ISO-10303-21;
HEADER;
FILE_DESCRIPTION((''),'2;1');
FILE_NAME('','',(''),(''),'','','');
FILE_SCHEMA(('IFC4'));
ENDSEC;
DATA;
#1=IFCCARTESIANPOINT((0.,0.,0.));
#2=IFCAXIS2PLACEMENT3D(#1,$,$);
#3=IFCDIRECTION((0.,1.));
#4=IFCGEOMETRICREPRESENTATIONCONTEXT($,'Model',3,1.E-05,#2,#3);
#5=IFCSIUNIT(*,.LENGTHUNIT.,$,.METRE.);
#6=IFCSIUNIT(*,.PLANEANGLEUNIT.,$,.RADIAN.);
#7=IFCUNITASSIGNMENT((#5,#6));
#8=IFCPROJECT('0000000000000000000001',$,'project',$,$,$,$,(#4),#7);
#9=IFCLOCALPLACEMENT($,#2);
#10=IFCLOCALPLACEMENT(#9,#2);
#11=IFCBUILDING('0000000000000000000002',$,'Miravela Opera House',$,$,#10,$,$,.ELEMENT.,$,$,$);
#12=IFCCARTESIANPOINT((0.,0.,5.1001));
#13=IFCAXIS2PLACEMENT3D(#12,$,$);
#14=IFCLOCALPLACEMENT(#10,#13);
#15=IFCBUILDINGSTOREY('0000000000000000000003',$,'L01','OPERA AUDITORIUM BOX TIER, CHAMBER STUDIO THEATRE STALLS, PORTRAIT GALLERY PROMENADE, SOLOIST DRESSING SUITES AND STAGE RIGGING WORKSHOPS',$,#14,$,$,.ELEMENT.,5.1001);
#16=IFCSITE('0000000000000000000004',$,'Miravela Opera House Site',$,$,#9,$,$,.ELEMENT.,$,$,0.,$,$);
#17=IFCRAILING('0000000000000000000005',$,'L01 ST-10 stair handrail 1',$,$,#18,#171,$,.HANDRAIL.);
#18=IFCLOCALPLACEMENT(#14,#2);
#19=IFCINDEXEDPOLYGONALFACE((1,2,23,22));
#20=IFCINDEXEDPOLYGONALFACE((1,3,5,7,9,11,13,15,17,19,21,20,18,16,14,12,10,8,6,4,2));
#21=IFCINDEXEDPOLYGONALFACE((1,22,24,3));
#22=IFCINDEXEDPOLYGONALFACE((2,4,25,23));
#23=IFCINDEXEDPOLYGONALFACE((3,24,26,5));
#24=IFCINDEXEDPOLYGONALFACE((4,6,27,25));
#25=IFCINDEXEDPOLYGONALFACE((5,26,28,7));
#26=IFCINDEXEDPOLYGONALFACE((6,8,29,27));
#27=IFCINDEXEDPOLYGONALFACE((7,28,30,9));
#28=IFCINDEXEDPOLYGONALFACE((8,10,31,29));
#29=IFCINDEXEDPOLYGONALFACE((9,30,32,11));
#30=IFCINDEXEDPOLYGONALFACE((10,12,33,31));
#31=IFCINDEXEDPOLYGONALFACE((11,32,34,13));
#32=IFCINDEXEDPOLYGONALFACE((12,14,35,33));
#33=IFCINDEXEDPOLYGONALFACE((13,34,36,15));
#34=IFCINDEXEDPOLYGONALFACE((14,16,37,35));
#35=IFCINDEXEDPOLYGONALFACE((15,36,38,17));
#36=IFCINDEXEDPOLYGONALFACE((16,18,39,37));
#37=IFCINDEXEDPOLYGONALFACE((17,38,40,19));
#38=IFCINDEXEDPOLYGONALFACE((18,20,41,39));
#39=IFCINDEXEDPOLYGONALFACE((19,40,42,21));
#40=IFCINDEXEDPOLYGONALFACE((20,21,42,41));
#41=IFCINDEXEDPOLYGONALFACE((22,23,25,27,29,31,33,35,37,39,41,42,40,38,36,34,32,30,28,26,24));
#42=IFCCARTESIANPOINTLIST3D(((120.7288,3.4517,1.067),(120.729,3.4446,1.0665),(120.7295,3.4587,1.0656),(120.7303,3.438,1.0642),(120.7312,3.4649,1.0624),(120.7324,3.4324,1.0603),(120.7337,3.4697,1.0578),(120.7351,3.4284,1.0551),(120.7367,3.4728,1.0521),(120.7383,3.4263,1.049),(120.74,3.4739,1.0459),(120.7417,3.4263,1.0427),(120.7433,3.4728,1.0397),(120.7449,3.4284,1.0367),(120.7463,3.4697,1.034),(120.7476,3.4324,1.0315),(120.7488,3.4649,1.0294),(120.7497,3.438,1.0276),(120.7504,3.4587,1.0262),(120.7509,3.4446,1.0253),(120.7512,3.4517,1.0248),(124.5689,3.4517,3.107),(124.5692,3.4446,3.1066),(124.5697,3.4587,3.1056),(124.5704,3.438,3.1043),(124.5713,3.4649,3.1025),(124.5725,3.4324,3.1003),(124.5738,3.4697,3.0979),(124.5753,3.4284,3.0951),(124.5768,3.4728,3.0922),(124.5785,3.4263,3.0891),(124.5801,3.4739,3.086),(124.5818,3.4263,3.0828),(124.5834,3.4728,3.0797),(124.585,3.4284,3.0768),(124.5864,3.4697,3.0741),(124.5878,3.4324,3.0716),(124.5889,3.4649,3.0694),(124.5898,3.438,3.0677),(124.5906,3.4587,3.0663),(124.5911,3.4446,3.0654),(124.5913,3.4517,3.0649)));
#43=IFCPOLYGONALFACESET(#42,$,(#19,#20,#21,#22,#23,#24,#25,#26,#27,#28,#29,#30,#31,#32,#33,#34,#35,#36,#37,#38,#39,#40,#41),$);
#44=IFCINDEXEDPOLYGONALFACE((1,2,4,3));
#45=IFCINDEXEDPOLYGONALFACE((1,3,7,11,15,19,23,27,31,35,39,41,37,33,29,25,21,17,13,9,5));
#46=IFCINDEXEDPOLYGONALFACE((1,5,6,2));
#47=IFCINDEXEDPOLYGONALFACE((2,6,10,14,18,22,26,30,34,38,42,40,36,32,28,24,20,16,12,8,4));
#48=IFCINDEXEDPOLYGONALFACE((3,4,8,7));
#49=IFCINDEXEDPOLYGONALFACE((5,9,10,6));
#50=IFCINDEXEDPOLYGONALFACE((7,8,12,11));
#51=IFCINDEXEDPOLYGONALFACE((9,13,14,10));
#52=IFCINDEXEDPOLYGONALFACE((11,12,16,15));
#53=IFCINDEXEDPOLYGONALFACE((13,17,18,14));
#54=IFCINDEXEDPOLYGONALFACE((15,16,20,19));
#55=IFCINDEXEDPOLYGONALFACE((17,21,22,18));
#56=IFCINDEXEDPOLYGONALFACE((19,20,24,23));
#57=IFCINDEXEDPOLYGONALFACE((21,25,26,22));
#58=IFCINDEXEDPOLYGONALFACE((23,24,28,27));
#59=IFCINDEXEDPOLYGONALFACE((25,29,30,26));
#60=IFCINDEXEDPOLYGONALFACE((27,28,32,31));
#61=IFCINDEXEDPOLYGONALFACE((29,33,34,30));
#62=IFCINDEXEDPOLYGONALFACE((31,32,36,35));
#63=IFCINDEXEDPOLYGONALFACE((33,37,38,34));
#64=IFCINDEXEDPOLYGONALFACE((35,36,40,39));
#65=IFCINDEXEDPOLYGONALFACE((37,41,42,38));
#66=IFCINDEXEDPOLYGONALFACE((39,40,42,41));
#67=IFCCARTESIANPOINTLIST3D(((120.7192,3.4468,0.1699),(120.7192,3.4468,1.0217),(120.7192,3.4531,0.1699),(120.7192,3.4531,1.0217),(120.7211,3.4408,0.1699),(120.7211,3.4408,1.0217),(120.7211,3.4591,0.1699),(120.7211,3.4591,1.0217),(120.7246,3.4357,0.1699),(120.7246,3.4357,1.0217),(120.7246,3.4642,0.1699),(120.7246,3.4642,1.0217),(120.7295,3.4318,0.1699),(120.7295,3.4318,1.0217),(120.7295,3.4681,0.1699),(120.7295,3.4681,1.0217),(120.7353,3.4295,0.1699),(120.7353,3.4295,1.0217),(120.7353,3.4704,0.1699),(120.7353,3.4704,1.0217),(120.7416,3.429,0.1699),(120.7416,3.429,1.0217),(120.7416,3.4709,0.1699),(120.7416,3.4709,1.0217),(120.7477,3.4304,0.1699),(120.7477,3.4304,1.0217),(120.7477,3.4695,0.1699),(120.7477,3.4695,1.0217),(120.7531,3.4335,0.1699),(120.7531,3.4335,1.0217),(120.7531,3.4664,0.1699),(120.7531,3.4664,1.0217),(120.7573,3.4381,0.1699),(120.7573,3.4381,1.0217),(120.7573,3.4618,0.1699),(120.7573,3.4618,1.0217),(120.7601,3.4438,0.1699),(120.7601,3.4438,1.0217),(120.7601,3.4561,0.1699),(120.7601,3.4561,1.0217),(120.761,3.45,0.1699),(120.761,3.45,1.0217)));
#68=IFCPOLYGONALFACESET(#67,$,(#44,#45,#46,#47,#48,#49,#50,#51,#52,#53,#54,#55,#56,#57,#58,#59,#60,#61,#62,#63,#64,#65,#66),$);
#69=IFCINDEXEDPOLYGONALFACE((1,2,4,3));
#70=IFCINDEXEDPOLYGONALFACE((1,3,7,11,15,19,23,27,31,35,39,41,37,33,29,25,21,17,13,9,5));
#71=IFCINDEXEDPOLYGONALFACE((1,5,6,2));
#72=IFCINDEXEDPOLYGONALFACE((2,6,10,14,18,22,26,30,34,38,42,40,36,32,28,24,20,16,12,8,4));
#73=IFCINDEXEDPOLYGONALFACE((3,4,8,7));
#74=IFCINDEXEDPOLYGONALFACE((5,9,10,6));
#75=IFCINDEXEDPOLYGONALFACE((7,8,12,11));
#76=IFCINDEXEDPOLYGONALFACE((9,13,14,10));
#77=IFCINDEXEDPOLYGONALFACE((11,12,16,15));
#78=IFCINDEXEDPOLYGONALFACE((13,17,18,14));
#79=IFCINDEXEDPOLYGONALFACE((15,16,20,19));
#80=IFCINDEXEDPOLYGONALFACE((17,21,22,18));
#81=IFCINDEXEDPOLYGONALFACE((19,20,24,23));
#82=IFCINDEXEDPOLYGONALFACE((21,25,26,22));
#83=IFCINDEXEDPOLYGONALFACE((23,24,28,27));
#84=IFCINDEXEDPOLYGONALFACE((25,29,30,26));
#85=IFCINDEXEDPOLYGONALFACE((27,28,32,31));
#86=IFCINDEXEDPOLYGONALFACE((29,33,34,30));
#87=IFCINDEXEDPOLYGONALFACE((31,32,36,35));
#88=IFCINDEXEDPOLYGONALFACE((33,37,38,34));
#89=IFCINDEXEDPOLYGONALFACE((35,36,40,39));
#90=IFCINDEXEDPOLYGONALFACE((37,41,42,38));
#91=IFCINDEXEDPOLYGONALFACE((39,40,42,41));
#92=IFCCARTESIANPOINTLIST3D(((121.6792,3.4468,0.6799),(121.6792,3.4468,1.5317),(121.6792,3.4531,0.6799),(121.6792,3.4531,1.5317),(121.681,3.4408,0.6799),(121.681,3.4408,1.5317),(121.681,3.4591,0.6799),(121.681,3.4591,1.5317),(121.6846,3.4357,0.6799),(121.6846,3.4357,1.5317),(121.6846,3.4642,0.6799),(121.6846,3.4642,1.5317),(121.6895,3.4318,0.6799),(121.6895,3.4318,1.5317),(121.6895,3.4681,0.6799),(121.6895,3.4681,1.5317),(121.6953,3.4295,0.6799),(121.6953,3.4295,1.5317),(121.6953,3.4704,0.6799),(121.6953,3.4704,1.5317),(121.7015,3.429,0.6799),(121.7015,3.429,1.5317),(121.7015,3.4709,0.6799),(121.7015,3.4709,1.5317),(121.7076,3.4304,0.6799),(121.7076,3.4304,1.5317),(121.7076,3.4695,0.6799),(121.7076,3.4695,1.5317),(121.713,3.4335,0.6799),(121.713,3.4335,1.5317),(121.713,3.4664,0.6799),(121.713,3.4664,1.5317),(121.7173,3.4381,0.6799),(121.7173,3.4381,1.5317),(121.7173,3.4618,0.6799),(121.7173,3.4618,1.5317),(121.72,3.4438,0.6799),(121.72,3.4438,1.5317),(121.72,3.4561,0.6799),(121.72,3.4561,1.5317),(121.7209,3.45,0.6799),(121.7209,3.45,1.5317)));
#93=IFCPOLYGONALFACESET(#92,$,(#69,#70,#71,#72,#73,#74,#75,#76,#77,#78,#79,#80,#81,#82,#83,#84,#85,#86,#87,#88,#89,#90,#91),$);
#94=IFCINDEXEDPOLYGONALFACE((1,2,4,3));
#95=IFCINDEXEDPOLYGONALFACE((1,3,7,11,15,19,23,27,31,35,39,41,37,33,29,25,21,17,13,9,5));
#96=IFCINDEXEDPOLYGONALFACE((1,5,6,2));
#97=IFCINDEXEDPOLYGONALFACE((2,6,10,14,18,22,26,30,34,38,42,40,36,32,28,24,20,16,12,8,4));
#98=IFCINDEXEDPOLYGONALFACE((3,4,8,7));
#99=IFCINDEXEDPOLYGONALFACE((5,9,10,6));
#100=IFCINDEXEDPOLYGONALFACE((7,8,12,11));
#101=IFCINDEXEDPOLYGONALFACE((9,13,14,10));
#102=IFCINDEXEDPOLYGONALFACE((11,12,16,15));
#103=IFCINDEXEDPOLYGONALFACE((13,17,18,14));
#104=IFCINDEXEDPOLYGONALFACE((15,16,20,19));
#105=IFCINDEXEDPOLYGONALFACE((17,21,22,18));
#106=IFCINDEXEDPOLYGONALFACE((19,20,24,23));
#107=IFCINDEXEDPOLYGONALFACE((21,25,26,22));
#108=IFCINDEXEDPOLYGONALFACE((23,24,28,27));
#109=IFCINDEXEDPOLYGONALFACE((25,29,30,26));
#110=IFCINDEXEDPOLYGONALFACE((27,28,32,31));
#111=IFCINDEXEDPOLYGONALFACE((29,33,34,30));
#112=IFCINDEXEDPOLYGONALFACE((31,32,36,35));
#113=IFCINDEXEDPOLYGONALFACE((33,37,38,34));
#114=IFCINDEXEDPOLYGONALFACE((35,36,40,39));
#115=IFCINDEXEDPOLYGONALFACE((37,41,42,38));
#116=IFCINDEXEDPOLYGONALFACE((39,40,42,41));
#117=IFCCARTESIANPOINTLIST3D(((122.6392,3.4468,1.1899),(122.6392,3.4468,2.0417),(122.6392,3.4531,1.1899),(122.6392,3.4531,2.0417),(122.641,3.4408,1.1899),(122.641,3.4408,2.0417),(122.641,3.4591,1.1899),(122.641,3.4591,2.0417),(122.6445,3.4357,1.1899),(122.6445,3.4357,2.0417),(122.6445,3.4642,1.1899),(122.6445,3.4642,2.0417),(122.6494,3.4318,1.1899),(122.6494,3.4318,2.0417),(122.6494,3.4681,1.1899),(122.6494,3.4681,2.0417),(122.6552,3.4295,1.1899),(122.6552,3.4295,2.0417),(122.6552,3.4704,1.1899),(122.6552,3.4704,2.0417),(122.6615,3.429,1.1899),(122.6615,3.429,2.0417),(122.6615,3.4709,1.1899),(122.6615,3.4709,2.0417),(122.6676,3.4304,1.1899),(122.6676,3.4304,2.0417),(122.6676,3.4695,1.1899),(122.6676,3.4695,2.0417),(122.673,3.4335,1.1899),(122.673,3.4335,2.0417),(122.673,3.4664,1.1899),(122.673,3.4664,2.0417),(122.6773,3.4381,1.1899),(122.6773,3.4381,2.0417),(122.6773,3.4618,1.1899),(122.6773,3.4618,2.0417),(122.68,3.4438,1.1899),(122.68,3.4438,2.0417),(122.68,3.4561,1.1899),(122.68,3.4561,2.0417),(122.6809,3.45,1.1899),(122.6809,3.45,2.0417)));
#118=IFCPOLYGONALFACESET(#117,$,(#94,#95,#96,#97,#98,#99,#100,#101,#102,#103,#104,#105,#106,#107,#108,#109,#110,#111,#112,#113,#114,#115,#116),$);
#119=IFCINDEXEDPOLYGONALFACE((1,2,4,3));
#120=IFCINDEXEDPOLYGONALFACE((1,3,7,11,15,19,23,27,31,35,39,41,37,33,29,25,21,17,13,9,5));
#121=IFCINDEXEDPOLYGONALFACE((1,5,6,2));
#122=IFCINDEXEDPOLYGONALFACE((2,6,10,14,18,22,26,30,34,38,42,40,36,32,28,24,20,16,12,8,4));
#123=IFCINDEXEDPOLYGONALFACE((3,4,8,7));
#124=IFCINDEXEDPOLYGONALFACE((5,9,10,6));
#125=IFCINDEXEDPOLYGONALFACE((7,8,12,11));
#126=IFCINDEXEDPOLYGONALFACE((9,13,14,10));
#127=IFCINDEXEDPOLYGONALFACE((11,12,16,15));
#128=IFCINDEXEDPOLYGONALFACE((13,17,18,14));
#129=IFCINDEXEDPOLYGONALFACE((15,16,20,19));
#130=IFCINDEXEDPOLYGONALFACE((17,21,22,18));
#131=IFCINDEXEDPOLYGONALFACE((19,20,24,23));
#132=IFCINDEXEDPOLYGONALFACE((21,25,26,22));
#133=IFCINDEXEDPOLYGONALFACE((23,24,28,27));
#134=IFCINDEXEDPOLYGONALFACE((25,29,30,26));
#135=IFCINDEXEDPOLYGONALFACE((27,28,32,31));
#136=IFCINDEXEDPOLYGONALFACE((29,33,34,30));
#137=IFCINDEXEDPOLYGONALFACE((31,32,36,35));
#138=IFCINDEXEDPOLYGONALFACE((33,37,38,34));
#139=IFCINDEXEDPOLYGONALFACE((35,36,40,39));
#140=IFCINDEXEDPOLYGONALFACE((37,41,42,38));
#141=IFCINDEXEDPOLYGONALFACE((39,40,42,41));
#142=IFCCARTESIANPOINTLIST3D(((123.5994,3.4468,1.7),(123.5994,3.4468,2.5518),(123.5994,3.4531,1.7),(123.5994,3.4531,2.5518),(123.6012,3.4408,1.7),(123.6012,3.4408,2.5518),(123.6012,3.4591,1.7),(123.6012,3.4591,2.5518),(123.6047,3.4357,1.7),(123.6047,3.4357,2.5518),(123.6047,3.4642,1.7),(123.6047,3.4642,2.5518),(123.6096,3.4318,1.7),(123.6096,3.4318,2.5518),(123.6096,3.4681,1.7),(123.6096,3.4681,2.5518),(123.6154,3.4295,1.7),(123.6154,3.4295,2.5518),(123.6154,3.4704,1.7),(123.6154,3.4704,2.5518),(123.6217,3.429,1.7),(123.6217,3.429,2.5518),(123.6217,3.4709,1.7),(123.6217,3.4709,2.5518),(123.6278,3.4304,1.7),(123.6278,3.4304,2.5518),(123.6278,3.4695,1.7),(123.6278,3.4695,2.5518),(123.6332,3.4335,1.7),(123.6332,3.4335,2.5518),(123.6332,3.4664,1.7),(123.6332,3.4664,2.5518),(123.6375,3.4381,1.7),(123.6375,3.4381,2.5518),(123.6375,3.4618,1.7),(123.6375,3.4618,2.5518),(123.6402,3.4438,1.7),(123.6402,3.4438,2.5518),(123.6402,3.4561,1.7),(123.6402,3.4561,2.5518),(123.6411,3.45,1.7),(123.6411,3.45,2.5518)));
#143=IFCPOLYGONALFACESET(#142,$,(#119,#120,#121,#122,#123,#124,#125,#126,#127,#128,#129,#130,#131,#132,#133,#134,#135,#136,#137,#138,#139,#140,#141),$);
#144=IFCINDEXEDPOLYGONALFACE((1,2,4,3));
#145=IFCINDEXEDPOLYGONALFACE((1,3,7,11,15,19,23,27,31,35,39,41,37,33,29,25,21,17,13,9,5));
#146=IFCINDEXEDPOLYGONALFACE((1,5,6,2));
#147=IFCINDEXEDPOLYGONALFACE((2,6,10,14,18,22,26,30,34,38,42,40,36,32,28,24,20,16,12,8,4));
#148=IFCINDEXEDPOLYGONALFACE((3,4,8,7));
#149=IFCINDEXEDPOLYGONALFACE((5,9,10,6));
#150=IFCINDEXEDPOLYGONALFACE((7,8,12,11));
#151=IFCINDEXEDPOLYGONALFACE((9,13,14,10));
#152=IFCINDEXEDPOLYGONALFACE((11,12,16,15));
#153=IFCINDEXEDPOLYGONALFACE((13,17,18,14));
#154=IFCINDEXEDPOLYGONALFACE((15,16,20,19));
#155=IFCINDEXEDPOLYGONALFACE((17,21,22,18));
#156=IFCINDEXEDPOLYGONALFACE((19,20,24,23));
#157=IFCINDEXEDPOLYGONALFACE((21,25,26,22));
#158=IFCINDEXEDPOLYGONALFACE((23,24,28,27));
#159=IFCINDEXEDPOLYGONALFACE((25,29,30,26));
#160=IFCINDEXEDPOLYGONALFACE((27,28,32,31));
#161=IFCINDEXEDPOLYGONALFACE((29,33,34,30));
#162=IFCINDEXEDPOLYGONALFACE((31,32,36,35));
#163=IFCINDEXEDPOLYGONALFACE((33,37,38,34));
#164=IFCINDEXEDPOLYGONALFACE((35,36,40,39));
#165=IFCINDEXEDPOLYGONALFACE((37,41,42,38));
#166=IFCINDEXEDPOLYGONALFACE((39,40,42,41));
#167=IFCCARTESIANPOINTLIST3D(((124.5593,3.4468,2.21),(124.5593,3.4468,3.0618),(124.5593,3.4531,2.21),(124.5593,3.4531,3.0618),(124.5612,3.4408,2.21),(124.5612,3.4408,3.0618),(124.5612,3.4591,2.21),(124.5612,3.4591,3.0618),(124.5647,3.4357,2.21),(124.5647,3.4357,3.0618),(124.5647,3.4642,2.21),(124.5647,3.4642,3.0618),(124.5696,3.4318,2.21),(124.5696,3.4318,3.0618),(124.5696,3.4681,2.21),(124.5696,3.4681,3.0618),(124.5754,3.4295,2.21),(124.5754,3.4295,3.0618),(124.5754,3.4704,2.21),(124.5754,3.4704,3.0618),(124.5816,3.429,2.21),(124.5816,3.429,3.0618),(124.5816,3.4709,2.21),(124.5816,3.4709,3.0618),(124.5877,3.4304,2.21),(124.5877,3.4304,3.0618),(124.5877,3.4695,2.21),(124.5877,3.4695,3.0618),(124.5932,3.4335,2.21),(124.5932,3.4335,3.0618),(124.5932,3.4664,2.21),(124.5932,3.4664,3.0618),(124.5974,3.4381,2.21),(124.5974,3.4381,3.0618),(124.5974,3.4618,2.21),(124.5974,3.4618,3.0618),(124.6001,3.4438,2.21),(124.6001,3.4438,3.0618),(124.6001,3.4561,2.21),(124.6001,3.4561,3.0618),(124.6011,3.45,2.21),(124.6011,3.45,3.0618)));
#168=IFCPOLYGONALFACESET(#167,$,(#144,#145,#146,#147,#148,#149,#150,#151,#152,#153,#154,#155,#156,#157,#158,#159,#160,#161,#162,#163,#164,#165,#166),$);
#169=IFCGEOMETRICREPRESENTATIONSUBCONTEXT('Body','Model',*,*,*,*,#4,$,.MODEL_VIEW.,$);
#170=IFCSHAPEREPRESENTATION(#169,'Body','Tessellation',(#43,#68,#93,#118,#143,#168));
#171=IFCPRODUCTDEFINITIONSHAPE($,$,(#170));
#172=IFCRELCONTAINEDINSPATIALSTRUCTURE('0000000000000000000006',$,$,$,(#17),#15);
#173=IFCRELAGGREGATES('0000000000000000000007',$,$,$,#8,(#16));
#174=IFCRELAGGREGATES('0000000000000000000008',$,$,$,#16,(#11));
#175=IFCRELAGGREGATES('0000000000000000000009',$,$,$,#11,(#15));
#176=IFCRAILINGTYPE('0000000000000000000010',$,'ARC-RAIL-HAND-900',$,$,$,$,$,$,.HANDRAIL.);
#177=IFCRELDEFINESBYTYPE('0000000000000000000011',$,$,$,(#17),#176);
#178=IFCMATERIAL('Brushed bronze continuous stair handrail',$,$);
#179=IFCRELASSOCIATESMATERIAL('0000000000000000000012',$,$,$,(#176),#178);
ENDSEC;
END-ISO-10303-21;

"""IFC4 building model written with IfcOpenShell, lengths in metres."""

from ifc_helpers import new_model, si_unit, direction, frame, origin, origin_2d, place, context, subcontext, project, spatial, circle, extrude, material, type_object, element, save


model = new_model("IFC4")

# Units and contexts
model_context = context("Model", 3, precision=1e-05, world=origin(), true_north=direction((0.0, 1.0)))
body_context = subcontext(model_context, "Body", "Model", "MODEL_VIEW")
ifc_project = project(units=[si_unit("LENGTHUNIT", "METRE"), si_unit("PLANEANGLEUNIT", "RADIAN")], contexts=[model_context])

# Site, building, storey
site_placement = place(None, origin())
site = spatial("IfcSite", under=ifc_project, at=site_placement, Name="Miravela Opera House Site", CompositionType="ELEMENT", RefElevation=0.0)
building_placement = place(site_placement, origin())
building = spatial("IfcBuilding", under=site, at=building_placement, Name="Miravela Opera House", CompositionType="ELEMENT")
storey_placement = place(building_placement, frame((0.0, 0.0, 5.1001)))
storey = spatial("IfcBuildingStorey", under=building, at=storey_placement, Name="L01", Description="OPERA AUDITORIUM BOX TIER, CHAMBER STUDIO THEATRE STALLS, PORTRAIT GALLERY PROMENADE, SOLOIST DRESSING SUITES AND STAGE RIGGING WORKSHOPS", CompositionType="ELEMENT", Elevation=5.1001)

# Railing
ifc_material_1 = material(Name="Brushed bronze continuous stair handrail")
railing_type_1 = type_object("IfcRailingType", Name="ARC-RAIL-HAND-900", PredefinedType="HANDRAIL", material=ifc_material_1)
railing_1_placement = place(storey_placement, frame((120.74, 3.45, 0.1699)))
element("IfcRailing", 1, at=railing_1_placement, inside=storey, type_object=railing_type_1, Name="L01 ST-10 stair handrail 1", PredefinedType="HANDRAIL", context=body_context, shape_type="SweptSolid", body=[
    extrude(circle(Radius=0.0239, at=origin_2d()), frame((0.0, 0.0, 0.876), z_axis=(0.883116, 0.0, 0.469154), x_axis=(0.0, 1.0, 0.0)), (0.0, 0.0, 1.0), 4.3484),
    extrude(circle(Radius=0.021, at=origin_2d()), origin(), (0.0, 0.0, 1.0), 0.8518),
    extrude(circle(Radius=0.021, at=origin_2d()), frame((0.96, 0.0, 0.51)), (0.0, 0.0, 1.0), 0.8518),
    extrude(circle(Radius=0.021, at=origin_2d()), frame((1.9199, 0.0, 1.02)), (0.0, 0.0, 1.0), 0.8518),
    extrude(circle(Radius=0.021, at=origin_2d()), frame((2.8801, 0.0, 1.53)), (0.0, 0.0, 1.0), 0.8518),
    extrude(circle(Radius=0.021, at=origin_2d()), frame((3.8401, 0.0, 2.04)), (0.0, 0.0, 1.0), 0.8518),
])

save(model, "model.ifc")
